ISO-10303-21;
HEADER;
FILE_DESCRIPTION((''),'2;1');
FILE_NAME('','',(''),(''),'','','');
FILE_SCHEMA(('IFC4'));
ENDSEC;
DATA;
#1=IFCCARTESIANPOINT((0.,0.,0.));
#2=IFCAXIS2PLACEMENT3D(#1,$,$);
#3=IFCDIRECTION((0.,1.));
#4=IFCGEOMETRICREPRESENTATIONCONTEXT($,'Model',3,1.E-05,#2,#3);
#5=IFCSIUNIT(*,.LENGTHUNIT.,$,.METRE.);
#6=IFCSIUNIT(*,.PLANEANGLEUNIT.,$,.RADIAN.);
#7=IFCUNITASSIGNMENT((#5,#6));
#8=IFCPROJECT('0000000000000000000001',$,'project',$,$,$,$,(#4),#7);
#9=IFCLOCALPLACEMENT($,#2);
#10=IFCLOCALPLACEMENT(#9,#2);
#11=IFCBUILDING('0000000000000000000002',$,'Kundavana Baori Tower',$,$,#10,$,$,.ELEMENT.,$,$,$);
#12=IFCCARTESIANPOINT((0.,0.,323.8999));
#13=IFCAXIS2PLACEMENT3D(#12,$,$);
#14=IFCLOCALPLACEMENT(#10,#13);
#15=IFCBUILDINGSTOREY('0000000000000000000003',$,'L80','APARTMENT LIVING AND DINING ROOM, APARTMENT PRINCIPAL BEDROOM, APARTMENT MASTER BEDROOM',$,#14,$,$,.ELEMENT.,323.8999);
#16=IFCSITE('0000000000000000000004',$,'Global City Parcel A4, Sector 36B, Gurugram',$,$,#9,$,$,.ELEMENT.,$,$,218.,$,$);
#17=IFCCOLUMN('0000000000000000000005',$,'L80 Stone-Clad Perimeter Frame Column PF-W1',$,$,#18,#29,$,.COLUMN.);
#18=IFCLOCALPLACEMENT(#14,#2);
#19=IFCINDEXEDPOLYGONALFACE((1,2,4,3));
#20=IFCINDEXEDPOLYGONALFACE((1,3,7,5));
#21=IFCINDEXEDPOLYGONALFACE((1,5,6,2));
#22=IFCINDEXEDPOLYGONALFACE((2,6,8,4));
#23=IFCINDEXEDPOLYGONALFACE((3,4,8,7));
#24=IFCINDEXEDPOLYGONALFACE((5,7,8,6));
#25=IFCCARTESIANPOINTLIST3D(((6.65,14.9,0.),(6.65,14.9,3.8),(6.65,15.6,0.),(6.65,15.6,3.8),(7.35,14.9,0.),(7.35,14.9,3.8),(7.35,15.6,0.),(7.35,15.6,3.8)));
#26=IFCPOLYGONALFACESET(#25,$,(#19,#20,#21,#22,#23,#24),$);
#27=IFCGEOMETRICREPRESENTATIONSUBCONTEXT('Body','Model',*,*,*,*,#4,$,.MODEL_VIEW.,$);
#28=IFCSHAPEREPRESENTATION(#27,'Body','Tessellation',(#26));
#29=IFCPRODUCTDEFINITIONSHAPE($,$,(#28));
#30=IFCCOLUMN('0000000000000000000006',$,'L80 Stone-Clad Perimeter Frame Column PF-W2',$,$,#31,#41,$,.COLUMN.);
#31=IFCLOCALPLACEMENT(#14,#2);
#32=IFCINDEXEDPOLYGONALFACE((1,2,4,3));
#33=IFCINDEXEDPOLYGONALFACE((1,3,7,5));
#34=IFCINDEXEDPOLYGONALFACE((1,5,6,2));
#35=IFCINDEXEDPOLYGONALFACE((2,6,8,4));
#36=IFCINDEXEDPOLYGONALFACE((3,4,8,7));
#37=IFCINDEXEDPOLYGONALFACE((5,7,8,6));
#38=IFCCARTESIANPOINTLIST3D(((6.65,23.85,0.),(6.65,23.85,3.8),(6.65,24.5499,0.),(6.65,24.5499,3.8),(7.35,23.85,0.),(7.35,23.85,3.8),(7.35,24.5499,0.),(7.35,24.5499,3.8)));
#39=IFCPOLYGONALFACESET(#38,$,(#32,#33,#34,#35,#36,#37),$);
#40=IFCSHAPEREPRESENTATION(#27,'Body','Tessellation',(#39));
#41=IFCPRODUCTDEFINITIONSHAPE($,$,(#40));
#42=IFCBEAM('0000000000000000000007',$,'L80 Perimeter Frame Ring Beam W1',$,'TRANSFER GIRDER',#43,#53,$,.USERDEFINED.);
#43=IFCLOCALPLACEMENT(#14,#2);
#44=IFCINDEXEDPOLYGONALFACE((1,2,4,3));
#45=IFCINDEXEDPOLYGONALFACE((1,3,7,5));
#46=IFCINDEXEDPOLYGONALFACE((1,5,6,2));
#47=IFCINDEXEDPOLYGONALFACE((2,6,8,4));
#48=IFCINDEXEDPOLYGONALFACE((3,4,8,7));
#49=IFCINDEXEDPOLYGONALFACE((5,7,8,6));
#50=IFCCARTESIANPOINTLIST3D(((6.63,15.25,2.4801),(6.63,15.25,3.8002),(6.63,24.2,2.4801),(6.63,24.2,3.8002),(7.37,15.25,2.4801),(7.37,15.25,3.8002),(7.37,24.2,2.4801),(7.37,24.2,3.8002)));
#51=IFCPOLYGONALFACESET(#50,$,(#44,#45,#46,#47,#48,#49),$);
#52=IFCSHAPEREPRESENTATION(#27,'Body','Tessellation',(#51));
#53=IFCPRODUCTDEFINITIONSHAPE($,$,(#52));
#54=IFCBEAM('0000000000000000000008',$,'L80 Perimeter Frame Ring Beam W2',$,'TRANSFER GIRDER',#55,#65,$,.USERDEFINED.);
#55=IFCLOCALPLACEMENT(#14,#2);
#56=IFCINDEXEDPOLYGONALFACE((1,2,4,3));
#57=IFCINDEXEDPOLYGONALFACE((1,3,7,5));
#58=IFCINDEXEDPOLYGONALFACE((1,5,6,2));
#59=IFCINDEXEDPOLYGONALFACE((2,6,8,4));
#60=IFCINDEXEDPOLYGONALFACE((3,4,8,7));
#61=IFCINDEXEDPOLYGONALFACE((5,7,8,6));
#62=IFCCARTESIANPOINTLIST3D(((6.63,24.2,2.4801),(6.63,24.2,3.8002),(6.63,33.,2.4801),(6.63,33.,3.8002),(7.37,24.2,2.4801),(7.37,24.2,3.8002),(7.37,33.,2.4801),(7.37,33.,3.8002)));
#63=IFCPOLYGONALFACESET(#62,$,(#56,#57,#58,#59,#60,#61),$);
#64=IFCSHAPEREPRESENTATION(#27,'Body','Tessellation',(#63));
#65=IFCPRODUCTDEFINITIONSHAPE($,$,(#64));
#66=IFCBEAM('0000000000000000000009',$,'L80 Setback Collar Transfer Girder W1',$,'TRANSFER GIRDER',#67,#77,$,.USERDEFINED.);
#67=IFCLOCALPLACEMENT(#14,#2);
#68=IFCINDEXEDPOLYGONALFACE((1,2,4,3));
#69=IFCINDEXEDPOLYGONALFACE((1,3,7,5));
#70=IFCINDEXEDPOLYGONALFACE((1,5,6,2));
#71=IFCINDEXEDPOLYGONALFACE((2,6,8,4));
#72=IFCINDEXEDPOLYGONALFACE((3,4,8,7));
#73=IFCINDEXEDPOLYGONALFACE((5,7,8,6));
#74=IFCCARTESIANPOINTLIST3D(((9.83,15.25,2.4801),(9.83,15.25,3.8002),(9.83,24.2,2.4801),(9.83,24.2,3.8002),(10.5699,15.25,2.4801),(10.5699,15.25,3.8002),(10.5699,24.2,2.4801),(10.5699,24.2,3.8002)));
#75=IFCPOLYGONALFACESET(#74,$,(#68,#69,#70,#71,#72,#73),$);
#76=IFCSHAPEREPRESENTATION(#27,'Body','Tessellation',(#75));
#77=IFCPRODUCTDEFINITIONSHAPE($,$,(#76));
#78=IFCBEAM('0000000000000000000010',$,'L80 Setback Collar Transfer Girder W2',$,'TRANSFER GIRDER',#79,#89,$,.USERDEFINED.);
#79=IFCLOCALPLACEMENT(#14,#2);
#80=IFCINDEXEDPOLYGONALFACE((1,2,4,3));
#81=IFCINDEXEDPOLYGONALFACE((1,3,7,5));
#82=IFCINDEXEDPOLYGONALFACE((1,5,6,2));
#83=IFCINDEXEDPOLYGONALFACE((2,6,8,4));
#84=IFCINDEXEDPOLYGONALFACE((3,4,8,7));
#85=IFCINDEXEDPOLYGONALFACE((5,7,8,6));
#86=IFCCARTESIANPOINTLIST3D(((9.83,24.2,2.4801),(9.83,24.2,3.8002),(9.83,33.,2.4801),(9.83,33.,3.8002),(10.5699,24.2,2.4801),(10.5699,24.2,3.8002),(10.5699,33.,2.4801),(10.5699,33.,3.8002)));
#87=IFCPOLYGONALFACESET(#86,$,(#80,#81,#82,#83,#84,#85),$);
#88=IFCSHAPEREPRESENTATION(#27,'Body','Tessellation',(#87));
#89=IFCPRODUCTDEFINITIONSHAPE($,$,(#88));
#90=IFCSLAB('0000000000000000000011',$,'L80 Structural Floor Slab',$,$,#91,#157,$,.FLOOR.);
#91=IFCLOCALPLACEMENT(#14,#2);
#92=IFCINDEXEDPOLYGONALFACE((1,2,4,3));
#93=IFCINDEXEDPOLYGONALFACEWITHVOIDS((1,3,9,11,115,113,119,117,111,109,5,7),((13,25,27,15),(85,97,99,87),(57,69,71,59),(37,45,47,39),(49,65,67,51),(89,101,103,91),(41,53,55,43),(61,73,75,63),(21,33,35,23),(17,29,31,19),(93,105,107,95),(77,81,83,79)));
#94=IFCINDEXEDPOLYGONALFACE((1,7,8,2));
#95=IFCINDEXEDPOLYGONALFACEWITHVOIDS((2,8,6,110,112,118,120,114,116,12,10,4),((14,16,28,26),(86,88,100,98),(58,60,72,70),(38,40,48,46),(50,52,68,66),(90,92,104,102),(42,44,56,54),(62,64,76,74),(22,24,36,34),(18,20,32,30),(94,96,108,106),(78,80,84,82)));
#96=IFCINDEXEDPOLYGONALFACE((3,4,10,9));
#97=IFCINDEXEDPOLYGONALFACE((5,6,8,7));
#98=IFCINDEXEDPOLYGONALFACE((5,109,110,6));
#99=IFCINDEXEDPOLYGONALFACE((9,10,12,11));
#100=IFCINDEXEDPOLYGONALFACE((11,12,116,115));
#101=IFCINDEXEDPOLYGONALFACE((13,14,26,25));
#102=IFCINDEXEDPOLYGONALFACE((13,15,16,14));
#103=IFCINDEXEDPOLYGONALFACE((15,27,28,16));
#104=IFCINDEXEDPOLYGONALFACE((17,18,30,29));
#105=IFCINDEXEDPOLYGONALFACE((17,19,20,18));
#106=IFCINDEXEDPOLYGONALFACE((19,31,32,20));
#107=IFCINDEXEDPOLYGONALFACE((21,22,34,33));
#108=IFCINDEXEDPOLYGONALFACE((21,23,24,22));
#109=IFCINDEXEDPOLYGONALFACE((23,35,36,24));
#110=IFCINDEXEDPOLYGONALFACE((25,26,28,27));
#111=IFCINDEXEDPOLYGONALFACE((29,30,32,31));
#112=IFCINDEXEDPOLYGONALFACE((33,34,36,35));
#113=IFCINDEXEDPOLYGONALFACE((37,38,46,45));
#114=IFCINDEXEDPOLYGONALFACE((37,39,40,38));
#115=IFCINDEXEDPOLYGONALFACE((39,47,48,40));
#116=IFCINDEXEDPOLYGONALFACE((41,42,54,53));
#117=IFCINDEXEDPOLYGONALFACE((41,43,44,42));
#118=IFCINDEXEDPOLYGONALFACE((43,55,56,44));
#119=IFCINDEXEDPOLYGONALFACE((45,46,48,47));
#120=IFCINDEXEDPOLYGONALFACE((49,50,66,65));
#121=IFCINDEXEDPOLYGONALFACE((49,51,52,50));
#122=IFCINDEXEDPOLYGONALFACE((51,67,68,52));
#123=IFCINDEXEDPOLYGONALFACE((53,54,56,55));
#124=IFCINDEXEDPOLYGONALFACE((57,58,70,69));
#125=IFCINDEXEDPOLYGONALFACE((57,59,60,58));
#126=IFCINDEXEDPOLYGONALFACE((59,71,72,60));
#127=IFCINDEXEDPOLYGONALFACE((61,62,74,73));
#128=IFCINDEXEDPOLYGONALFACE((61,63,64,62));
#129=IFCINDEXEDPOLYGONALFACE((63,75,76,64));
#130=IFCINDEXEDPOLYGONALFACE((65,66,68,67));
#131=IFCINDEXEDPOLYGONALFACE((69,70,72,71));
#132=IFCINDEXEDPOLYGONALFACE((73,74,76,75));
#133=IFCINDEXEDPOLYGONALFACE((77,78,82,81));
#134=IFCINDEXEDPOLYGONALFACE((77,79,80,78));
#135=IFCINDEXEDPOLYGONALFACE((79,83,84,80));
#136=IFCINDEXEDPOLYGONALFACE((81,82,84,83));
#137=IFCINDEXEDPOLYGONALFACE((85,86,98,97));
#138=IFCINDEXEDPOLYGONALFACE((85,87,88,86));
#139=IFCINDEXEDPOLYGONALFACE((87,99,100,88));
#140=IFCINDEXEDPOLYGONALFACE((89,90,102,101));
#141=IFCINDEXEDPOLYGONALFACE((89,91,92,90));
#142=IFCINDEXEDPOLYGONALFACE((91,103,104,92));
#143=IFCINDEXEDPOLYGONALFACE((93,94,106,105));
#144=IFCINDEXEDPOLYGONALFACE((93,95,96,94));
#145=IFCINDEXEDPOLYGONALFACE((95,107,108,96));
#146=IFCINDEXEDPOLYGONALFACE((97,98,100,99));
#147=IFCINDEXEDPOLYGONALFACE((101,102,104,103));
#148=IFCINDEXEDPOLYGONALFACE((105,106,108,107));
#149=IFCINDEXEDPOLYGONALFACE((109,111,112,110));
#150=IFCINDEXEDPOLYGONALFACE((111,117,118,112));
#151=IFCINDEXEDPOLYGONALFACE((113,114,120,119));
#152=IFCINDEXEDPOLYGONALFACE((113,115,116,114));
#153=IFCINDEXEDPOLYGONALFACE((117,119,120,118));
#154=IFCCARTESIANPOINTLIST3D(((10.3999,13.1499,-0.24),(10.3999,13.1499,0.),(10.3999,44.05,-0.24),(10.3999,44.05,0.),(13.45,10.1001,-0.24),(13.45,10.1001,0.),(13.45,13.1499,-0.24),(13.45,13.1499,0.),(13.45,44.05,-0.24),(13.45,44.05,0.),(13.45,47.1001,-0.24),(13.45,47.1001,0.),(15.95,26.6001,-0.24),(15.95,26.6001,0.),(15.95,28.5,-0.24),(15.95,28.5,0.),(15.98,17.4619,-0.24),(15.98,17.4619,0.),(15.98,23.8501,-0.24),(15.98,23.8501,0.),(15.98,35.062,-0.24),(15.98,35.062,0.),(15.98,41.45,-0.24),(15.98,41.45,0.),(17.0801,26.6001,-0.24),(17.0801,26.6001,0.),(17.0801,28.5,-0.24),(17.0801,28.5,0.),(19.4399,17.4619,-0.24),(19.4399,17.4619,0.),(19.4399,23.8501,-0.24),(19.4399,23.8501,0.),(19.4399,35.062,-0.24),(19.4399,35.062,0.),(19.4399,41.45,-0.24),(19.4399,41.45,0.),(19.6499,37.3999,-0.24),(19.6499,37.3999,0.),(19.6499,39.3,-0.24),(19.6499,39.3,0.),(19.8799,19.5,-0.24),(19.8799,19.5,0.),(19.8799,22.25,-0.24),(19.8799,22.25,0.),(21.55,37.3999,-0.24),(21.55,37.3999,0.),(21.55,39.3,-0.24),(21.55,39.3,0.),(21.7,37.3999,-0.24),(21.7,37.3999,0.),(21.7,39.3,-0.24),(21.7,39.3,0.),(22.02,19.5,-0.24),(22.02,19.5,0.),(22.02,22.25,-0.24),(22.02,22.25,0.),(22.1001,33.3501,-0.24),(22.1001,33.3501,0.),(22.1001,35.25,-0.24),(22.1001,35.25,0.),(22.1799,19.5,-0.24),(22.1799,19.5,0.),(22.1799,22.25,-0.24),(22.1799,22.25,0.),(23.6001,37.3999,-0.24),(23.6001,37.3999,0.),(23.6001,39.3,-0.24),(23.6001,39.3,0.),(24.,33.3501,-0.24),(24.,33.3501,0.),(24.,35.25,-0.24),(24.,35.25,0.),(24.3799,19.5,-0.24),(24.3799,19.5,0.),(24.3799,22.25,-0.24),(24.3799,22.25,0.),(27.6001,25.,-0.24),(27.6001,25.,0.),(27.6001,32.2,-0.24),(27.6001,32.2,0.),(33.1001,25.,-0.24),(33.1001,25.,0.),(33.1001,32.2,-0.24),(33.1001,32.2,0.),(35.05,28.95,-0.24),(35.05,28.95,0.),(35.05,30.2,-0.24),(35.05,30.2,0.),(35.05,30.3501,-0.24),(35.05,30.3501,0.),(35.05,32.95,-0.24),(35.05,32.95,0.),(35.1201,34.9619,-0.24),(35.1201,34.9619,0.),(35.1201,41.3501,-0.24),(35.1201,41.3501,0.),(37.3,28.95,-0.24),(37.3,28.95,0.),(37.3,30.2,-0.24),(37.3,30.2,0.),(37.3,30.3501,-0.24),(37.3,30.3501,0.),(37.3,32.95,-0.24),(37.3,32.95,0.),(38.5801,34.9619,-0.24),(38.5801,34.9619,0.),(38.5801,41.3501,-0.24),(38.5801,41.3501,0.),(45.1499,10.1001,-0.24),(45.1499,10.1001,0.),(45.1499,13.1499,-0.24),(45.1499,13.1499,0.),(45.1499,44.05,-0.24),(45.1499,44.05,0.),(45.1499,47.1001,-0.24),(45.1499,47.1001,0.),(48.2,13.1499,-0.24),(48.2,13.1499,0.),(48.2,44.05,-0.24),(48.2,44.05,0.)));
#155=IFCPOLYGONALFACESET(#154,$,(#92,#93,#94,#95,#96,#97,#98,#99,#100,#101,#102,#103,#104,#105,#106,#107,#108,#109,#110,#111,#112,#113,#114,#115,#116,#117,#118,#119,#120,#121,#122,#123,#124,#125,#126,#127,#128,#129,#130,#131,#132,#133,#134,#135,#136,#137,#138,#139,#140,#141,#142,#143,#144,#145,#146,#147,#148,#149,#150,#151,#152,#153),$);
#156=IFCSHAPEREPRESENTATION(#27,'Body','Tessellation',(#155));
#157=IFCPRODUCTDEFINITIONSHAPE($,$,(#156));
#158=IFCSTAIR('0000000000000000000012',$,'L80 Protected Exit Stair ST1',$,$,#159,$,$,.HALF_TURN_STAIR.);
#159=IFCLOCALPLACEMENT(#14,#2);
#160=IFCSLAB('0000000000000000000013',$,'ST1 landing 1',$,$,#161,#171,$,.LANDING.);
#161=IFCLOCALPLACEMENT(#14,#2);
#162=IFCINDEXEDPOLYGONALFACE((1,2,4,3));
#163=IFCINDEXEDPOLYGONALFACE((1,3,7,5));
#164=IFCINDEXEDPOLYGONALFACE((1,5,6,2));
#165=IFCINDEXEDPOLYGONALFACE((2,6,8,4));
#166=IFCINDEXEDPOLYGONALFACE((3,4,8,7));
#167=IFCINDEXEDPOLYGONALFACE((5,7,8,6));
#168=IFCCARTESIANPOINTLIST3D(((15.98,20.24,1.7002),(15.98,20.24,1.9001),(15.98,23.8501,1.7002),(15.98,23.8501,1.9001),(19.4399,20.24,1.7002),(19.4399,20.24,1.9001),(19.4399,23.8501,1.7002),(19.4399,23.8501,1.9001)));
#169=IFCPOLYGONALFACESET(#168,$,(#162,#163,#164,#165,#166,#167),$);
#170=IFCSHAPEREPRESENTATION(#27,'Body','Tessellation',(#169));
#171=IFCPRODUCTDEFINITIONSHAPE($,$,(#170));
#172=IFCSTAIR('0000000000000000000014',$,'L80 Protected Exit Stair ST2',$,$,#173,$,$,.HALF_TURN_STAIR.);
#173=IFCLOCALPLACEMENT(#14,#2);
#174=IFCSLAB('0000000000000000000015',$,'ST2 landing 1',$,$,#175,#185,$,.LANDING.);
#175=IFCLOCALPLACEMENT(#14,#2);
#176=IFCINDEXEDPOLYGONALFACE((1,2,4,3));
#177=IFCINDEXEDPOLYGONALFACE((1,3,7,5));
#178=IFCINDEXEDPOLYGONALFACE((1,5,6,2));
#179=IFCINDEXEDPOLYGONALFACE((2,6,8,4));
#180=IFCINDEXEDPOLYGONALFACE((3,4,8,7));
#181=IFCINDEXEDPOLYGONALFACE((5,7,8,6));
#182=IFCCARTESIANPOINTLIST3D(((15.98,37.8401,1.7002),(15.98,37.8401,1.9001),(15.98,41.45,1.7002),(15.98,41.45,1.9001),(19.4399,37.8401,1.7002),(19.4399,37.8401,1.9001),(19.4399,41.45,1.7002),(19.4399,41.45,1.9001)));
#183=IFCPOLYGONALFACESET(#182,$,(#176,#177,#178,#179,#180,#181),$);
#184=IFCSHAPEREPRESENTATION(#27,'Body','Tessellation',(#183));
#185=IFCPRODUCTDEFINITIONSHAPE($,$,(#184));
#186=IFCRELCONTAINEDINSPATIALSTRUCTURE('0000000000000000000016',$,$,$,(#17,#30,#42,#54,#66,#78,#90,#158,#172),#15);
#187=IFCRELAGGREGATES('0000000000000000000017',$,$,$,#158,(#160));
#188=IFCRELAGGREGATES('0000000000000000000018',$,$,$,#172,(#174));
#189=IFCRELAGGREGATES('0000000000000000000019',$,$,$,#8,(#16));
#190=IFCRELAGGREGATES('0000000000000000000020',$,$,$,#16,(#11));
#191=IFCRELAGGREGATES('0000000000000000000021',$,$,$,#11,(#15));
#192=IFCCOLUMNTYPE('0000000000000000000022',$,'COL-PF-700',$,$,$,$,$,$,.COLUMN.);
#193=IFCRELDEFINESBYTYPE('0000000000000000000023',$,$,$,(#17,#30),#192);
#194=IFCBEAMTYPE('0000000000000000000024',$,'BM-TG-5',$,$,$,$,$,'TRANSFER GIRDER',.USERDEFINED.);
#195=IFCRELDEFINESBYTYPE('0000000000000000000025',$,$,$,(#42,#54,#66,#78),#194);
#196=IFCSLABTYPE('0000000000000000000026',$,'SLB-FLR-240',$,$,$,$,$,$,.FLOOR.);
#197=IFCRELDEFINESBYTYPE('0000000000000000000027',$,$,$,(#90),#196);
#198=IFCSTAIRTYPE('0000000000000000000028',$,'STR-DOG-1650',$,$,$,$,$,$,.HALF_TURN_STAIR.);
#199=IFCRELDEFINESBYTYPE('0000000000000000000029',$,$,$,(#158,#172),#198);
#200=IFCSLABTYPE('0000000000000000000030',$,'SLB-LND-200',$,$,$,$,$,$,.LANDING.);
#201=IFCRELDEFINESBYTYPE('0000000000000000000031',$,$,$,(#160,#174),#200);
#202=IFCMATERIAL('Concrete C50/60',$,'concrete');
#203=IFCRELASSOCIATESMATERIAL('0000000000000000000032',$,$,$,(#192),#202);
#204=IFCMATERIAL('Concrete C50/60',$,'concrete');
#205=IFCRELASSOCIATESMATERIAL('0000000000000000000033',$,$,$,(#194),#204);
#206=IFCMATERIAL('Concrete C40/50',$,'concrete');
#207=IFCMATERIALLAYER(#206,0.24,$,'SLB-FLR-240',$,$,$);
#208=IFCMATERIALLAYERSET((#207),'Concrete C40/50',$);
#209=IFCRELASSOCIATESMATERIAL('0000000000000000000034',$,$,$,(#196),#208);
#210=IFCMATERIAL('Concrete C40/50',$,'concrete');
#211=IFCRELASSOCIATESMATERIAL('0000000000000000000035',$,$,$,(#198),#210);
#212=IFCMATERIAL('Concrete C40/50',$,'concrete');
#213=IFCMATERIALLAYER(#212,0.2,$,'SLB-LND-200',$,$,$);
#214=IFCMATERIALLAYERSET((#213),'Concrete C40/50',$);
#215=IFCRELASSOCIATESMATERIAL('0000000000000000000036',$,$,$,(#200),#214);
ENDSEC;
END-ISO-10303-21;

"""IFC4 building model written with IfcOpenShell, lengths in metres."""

from ifc_helpers import new_model, si_unit, direction, frame, origin, origin_2d, place, context, subcontext, project, spatial, polyline, rectangle, outline, extrude, material, layer, layer_set, material_profile, profile_set, type_object, element, aggregate, save


model = new_model("IFC4")

# Units and contexts
model_context = context("Model", 3, precision=1e-05, world=origin(), true_north=direction((0.0, 1.0)))
body_context = subcontext(model_context, "Body", "Model", "MODEL_VIEW")
ifc_project = project(units=[si_unit("LENGTHUNIT", "METRE"), si_unit("PLANEANGLEUNIT", "RADIAN")], contexts=[model_context])

# Site, building, storey
site_placement = place(None, origin())
site = spatial("IfcSite", under=ifc_project, at=site_placement, Name="Global City Parcel A4, Sector 36B, Gurugram", CompositionType="ELEMENT", RefElevation=218.0)
building_placement = place(site_placement, origin())
building = spatial("IfcBuilding", under=site, at=building_placement, Name="Kundavana Baori Tower", CompositionType="ELEMENT")
storey_placement = place(building_placement, frame((0.0, 0.0, 323.8999)))
storey = spatial("IfcBuildingStorey", under=building, at=storey_placement, Name="L80", Description="APARTMENT LIVING AND DINING ROOM, APARTMENT PRINCIPAL BEDROOM, APARTMENT MASTER BEDROOM", CompositionType="ELEMENT", Elevation=323.8999)

# Columns
ifc_material_1 = material(Name="Concrete C50/60", Category="concrete")
ifc_material_profile_1 = material_profile(ifc_material_1, rectangle(XDim=0.7, YDim=0.7, at=origin_2d()), Name="RC PF 700x700")
ifc_profile_set_1 = profile_set([ifc_material_profile_1], Name="Concrete C50/60")
column_type = type_object("IfcColumnType", Name="COL-PF-700", PredefinedType="COLUMN", material=ifc_profile_set_1)
for number, where, z_axis, x_axis, name in (
    (1, (7.0, 15.25, 0.0), (0.0, 0.0, 1.0), (1.0, 0.0, 0.0), "L80 Stone-Clad Perimeter Frame Column PF-W1"),
    (2, (7.0, 24.2, 0.0), (0.0, 0.0, 1.0), (1.0, 0.0, 0.0), "L80 Stone-Clad Perimeter Frame Column PF-W2"),
):
    element("IfcColumn", number, at=place(storey_placement, frame(where, z_axis=z_axis, x_axis=x_axis)), inside=storey, type_object=column_type, Name=name, PredefinedType="COLUMN", context=body_context, shape_type="SweptSolid", body=[
        extrude(rectangle(XDim=0.7, YDim=0.7, at=origin_2d()), origin(), (0.0, 0.0, 1.0), 3.8),
    ])

# Beams
ifc_material_2 = material(Name="Concrete C50/60", Category="concrete")
ifc_material_profile_2 = material_profile(ifc_material_2, rectangle(XDim=0.74, YDim=1.3201, at=origin_2d()), Name="BM-TG-5")
ifc_profile_set_2 = profile_set([ifc_material_profile_2], Name="Concrete C50/60")
beam_type = type_object("IfcBeamType", Name="BM-TG-5", ElementType="TRANSFER GIRDER", PredefinedType="USERDEFINED", material=ifc_profile_set_2)
beam_1_placement = place(storey_placement, frame((7.0, 15.25, 3.1401), z_axis=(0.0, 1.0, 0.0), x_axis=(-1.0, 0.0, 0.0)))
element("IfcBeam", 3, at=beam_1_placement, inside=storey, type_object=beam_type, Name="L80 Perimeter Frame Ring Beam W1", ObjectType="TRANSFER GIRDER", PredefinedType="USERDEFINED", context=body_context, shape_type="SweptSolid", body=[
    extrude(rectangle(XDim=0.74, YDim=1.3201, at=origin_2d()), origin(), (0.0, 0.0, 1.0), 8.95),
])
beam_2_placement = place(storey_placement, frame((7.0, 24.2, 3.1401), z_axis=(0.0, 1.0, 0.0), x_axis=(-1.0, 0.0, 0.0)))
element("IfcBeam", 4, at=beam_2_placement, inside=storey, type_object=beam_type, Name="L80 Perimeter Frame Ring Beam W2", ObjectType="TRANSFER GIRDER", PredefinedType="USERDEFINED", context=body_context, shape_type="SweptSolid", body=[
    extrude(rectangle(XDim=0.74, YDim=1.3201, at=origin_2d()), origin(), (0.0, 0.0, 1.0), 8.8),
])
beam_3_placement = place(storey_placement, frame((10.2, 15.25, 3.1401), z_axis=(0.0, 1.0, 0.0), x_axis=(-1.0, 0.0, 0.0)))
element("IfcBeam", 5, at=beam_3_placement, inside=storey, type_object=beam_type, Name="L80 Setback Collar Transfer Girder W1", ObjectType="TRANSFER GIRDER", PredefinedType="USERDEFINED", context=body_context, shape_type="SweptSolid", body=[
    extrude(rectangle(XDim=0.74, YDim=1.3201, at=origin_2d()), origin(), (0.0, 0.0, 1.0), 8.95),
])
beam_4_placement = place(storey_placement, frame((10.2, 24.2, 3.1401), z_axis=(0.0, 1.0, 0.0), x_axis=(-1.0, 0.0, 0.0)))
element("IfcBeam", 6, at=beam_4_placement, inside=storey, type_object=beam_type, Name="L80 Setback Collar Transfer Girder W2", ObjectType="TRANSFER GIRDER", PredefinedType="USERDEFINED", context=body_context, shape_type="SweptSolid", body=[
    extrude(rectangle(XDim=0.74, YDim=1.3201, at=origin_2d()), origin(), (0.0, 0.0, 1.0), 8.8),
])

# Slab
ifc_material_3 = material(Name="Concrete C40/50", Category="concrete")
ifc_layer_1 = layer(ifc_material_3, 0.24, Name="SLB-FLR-240")
ifc_layer_set_1 = layer_set([ifc_layer_1], Name="Concrete C40/50")
slab_type_1 = type_object("IfcSlabType", Name="SLB-FLR-240", PredefinedType="FLOOR", material=ifc_layer_set_1)
slab_1_placement = place(storey_placement, frame((0.0, 0.0, -0.24)))
element("IfcSlab", 7, at=slab_1_placement, inside=storey, type_object=slab_type_1, Name="L80 Structural Floor Slab", PredefinedType="FLOOR", context=body_context, shape_type="SweptSolid", body=[
    extrude(outline(polyline([(13.45, 10.1001), (45.1499, 10.1001), (45.1499, 13.1499), (48.2, 13.1499), (48.2, 44.05), (45.1499, 44.05), (45.1499, 47.1001), (13.45, 47.1001), (13.45, 44.05), (10.3999, 44.05), (10.3999, 13.1499), (13.45, 13.1499), (13.45, 10.1001)]), holes=[polyline([(19.4399, 17.4619), (19.4399, 23.8501), (15.98, 23.8501), (15.98, 17.4619), (19.4399, 17.4619)]), polyline([(19.4399, 35.062), (19.4399, 41.45), (15.98, 41.45), (15.98, 35.062), (19.4399, 35.062)]), polyline([(38.5801, 34.9619), (38.5801, 41.3501), (35.1201, 41.3501), (35.1201, 34.9619), (38.5801, 34.9619)]), polyline([(19.6499, 37.3999), (21.55, 37.3999), (21.55, 39.3), (19.6499, 39.3), (19.6499, 37.3999)]), polyline([(21.7, 37.3999), (23.6001, 37.3999), (23.6001, 39.3), (21.7, 39.3), (21.7, 37.3999)]), polyline([(22.1001, 33.3501), (24.0, 33.3501), (24.0, 35.25), (22.1001, 35.25), (22.1001, 33.3501)]), polyline([(19.8799, 19.5), (22.02, 19.5), (22.02, 22.25), (19.8799, 22.25), (19.8799, 19.5)]), polyline([(22.1799, 19.5), (24.3799, 19.5), (24.3799, 22.25), (22.1799, 22.25), (22.1799, 19.5)]), polyline([(35.05, 30.3501), (37.3, 30.3501), (37.3, 32.95), (35.05, 32.95), (35.05, 30.3501)]), polyline([(15.95, 26.6001), (17.0801, 26.6001), (17.0801, 28.5), (15.95, 28.5), (15.95, 26.6001)]), polyline([(35.05, 28.95), (37.3, 28.95), (37.3, 30.2), (35.05, 30.2), (35.05, 28.95)]), polyline([(27.6001, 25.0), (33.1001, 25.0), (33.1001, 32.2), (27.6001, 32.2), (27.6001, 25.0)])]), origin(), (0.0, 0.0, 1.0), 0.24),
])

# Stairs, slabs
ifc_material_4 = material(Name="Concrete C40/50", Category="concrete")
stair_type = type_object("IfcStairType", Name="STR-DOG-1650", PredefinedType="HALF_TURN_STAIR", material=ifc_material_4)
stair_1_placement = place(storey_placement, origin())
stair_1 = element("IfcStair", 8, at=stair_1_placement, inside=storey, type_object=stair_type, Name="L80 Protected Exit Stair ST1", PredefinedType="HALF_TURN_STAIR")
ifc_material_5 = material(Name="Concrete C40/50", Category="concrete")
ifc_layer_2 = layer(ifc_material_5, 0.2, Name="SLB-LND-200")
ifc_layer_set_2 = layer_set([ifc_layer_2], Name="Concrete C40/50")
slab_type_2 = type_object("IfcSlabType", Name="SLB-LND-200", PredefinedType="LANDING", material=ifc_layer_set_2)
slab_2_placement = place(storey_placement, frame((0.0, 0.0, 1.7002)))
slab_2 = element("IfcSlab", 9, at=slab_2_placement, type_object=slab_type_2, Name="ST1 landing 1", PredefinedType="LANDING", context=body_context, shape_type="SweptSolid", body=[
    extrude(outline(polyline([(19.4399, 20.24), (19.4399, 23.8501), (15.98, 23.8501), (15.98, 20.24), (19.4399, 20.24)])), origin(), (0.0, 0.0, 1.0), 0.2),
])
aggregate(stair_1, [slab_2])
stair_2_placement = place(storey_placement, origin())
stair_2 = element("IfcStair", 10, at=stair_2_placement, inside=storey, type_object=stair_type, Name="L80 Protected Exit Stair ST2", PredefinedType="HALF_TURN_STAIR")
slab_3_placement = place(storey_placement, frame((0.0, 0.0, 1.7002)))
slab_3 = element("IfcSlab", 11, at=slab_3_placement, type_object=slab_type_2, Name="ST2 landing 1", PredefinedType="LANDING", context=body_context, shape_type="SweptSolid", body=[
    extrude(outline(polyline([(19.4399, 37.8401), (19.4399, 41.45), (15.98, 41.45), (15.98, 37.8401), (19.4399, 37.8401)])), origin(), (0.0, 0.0, 1.0), 0.2),
])
aggregate(stair_2, [slab_3])

save(model, "model.ifc")
